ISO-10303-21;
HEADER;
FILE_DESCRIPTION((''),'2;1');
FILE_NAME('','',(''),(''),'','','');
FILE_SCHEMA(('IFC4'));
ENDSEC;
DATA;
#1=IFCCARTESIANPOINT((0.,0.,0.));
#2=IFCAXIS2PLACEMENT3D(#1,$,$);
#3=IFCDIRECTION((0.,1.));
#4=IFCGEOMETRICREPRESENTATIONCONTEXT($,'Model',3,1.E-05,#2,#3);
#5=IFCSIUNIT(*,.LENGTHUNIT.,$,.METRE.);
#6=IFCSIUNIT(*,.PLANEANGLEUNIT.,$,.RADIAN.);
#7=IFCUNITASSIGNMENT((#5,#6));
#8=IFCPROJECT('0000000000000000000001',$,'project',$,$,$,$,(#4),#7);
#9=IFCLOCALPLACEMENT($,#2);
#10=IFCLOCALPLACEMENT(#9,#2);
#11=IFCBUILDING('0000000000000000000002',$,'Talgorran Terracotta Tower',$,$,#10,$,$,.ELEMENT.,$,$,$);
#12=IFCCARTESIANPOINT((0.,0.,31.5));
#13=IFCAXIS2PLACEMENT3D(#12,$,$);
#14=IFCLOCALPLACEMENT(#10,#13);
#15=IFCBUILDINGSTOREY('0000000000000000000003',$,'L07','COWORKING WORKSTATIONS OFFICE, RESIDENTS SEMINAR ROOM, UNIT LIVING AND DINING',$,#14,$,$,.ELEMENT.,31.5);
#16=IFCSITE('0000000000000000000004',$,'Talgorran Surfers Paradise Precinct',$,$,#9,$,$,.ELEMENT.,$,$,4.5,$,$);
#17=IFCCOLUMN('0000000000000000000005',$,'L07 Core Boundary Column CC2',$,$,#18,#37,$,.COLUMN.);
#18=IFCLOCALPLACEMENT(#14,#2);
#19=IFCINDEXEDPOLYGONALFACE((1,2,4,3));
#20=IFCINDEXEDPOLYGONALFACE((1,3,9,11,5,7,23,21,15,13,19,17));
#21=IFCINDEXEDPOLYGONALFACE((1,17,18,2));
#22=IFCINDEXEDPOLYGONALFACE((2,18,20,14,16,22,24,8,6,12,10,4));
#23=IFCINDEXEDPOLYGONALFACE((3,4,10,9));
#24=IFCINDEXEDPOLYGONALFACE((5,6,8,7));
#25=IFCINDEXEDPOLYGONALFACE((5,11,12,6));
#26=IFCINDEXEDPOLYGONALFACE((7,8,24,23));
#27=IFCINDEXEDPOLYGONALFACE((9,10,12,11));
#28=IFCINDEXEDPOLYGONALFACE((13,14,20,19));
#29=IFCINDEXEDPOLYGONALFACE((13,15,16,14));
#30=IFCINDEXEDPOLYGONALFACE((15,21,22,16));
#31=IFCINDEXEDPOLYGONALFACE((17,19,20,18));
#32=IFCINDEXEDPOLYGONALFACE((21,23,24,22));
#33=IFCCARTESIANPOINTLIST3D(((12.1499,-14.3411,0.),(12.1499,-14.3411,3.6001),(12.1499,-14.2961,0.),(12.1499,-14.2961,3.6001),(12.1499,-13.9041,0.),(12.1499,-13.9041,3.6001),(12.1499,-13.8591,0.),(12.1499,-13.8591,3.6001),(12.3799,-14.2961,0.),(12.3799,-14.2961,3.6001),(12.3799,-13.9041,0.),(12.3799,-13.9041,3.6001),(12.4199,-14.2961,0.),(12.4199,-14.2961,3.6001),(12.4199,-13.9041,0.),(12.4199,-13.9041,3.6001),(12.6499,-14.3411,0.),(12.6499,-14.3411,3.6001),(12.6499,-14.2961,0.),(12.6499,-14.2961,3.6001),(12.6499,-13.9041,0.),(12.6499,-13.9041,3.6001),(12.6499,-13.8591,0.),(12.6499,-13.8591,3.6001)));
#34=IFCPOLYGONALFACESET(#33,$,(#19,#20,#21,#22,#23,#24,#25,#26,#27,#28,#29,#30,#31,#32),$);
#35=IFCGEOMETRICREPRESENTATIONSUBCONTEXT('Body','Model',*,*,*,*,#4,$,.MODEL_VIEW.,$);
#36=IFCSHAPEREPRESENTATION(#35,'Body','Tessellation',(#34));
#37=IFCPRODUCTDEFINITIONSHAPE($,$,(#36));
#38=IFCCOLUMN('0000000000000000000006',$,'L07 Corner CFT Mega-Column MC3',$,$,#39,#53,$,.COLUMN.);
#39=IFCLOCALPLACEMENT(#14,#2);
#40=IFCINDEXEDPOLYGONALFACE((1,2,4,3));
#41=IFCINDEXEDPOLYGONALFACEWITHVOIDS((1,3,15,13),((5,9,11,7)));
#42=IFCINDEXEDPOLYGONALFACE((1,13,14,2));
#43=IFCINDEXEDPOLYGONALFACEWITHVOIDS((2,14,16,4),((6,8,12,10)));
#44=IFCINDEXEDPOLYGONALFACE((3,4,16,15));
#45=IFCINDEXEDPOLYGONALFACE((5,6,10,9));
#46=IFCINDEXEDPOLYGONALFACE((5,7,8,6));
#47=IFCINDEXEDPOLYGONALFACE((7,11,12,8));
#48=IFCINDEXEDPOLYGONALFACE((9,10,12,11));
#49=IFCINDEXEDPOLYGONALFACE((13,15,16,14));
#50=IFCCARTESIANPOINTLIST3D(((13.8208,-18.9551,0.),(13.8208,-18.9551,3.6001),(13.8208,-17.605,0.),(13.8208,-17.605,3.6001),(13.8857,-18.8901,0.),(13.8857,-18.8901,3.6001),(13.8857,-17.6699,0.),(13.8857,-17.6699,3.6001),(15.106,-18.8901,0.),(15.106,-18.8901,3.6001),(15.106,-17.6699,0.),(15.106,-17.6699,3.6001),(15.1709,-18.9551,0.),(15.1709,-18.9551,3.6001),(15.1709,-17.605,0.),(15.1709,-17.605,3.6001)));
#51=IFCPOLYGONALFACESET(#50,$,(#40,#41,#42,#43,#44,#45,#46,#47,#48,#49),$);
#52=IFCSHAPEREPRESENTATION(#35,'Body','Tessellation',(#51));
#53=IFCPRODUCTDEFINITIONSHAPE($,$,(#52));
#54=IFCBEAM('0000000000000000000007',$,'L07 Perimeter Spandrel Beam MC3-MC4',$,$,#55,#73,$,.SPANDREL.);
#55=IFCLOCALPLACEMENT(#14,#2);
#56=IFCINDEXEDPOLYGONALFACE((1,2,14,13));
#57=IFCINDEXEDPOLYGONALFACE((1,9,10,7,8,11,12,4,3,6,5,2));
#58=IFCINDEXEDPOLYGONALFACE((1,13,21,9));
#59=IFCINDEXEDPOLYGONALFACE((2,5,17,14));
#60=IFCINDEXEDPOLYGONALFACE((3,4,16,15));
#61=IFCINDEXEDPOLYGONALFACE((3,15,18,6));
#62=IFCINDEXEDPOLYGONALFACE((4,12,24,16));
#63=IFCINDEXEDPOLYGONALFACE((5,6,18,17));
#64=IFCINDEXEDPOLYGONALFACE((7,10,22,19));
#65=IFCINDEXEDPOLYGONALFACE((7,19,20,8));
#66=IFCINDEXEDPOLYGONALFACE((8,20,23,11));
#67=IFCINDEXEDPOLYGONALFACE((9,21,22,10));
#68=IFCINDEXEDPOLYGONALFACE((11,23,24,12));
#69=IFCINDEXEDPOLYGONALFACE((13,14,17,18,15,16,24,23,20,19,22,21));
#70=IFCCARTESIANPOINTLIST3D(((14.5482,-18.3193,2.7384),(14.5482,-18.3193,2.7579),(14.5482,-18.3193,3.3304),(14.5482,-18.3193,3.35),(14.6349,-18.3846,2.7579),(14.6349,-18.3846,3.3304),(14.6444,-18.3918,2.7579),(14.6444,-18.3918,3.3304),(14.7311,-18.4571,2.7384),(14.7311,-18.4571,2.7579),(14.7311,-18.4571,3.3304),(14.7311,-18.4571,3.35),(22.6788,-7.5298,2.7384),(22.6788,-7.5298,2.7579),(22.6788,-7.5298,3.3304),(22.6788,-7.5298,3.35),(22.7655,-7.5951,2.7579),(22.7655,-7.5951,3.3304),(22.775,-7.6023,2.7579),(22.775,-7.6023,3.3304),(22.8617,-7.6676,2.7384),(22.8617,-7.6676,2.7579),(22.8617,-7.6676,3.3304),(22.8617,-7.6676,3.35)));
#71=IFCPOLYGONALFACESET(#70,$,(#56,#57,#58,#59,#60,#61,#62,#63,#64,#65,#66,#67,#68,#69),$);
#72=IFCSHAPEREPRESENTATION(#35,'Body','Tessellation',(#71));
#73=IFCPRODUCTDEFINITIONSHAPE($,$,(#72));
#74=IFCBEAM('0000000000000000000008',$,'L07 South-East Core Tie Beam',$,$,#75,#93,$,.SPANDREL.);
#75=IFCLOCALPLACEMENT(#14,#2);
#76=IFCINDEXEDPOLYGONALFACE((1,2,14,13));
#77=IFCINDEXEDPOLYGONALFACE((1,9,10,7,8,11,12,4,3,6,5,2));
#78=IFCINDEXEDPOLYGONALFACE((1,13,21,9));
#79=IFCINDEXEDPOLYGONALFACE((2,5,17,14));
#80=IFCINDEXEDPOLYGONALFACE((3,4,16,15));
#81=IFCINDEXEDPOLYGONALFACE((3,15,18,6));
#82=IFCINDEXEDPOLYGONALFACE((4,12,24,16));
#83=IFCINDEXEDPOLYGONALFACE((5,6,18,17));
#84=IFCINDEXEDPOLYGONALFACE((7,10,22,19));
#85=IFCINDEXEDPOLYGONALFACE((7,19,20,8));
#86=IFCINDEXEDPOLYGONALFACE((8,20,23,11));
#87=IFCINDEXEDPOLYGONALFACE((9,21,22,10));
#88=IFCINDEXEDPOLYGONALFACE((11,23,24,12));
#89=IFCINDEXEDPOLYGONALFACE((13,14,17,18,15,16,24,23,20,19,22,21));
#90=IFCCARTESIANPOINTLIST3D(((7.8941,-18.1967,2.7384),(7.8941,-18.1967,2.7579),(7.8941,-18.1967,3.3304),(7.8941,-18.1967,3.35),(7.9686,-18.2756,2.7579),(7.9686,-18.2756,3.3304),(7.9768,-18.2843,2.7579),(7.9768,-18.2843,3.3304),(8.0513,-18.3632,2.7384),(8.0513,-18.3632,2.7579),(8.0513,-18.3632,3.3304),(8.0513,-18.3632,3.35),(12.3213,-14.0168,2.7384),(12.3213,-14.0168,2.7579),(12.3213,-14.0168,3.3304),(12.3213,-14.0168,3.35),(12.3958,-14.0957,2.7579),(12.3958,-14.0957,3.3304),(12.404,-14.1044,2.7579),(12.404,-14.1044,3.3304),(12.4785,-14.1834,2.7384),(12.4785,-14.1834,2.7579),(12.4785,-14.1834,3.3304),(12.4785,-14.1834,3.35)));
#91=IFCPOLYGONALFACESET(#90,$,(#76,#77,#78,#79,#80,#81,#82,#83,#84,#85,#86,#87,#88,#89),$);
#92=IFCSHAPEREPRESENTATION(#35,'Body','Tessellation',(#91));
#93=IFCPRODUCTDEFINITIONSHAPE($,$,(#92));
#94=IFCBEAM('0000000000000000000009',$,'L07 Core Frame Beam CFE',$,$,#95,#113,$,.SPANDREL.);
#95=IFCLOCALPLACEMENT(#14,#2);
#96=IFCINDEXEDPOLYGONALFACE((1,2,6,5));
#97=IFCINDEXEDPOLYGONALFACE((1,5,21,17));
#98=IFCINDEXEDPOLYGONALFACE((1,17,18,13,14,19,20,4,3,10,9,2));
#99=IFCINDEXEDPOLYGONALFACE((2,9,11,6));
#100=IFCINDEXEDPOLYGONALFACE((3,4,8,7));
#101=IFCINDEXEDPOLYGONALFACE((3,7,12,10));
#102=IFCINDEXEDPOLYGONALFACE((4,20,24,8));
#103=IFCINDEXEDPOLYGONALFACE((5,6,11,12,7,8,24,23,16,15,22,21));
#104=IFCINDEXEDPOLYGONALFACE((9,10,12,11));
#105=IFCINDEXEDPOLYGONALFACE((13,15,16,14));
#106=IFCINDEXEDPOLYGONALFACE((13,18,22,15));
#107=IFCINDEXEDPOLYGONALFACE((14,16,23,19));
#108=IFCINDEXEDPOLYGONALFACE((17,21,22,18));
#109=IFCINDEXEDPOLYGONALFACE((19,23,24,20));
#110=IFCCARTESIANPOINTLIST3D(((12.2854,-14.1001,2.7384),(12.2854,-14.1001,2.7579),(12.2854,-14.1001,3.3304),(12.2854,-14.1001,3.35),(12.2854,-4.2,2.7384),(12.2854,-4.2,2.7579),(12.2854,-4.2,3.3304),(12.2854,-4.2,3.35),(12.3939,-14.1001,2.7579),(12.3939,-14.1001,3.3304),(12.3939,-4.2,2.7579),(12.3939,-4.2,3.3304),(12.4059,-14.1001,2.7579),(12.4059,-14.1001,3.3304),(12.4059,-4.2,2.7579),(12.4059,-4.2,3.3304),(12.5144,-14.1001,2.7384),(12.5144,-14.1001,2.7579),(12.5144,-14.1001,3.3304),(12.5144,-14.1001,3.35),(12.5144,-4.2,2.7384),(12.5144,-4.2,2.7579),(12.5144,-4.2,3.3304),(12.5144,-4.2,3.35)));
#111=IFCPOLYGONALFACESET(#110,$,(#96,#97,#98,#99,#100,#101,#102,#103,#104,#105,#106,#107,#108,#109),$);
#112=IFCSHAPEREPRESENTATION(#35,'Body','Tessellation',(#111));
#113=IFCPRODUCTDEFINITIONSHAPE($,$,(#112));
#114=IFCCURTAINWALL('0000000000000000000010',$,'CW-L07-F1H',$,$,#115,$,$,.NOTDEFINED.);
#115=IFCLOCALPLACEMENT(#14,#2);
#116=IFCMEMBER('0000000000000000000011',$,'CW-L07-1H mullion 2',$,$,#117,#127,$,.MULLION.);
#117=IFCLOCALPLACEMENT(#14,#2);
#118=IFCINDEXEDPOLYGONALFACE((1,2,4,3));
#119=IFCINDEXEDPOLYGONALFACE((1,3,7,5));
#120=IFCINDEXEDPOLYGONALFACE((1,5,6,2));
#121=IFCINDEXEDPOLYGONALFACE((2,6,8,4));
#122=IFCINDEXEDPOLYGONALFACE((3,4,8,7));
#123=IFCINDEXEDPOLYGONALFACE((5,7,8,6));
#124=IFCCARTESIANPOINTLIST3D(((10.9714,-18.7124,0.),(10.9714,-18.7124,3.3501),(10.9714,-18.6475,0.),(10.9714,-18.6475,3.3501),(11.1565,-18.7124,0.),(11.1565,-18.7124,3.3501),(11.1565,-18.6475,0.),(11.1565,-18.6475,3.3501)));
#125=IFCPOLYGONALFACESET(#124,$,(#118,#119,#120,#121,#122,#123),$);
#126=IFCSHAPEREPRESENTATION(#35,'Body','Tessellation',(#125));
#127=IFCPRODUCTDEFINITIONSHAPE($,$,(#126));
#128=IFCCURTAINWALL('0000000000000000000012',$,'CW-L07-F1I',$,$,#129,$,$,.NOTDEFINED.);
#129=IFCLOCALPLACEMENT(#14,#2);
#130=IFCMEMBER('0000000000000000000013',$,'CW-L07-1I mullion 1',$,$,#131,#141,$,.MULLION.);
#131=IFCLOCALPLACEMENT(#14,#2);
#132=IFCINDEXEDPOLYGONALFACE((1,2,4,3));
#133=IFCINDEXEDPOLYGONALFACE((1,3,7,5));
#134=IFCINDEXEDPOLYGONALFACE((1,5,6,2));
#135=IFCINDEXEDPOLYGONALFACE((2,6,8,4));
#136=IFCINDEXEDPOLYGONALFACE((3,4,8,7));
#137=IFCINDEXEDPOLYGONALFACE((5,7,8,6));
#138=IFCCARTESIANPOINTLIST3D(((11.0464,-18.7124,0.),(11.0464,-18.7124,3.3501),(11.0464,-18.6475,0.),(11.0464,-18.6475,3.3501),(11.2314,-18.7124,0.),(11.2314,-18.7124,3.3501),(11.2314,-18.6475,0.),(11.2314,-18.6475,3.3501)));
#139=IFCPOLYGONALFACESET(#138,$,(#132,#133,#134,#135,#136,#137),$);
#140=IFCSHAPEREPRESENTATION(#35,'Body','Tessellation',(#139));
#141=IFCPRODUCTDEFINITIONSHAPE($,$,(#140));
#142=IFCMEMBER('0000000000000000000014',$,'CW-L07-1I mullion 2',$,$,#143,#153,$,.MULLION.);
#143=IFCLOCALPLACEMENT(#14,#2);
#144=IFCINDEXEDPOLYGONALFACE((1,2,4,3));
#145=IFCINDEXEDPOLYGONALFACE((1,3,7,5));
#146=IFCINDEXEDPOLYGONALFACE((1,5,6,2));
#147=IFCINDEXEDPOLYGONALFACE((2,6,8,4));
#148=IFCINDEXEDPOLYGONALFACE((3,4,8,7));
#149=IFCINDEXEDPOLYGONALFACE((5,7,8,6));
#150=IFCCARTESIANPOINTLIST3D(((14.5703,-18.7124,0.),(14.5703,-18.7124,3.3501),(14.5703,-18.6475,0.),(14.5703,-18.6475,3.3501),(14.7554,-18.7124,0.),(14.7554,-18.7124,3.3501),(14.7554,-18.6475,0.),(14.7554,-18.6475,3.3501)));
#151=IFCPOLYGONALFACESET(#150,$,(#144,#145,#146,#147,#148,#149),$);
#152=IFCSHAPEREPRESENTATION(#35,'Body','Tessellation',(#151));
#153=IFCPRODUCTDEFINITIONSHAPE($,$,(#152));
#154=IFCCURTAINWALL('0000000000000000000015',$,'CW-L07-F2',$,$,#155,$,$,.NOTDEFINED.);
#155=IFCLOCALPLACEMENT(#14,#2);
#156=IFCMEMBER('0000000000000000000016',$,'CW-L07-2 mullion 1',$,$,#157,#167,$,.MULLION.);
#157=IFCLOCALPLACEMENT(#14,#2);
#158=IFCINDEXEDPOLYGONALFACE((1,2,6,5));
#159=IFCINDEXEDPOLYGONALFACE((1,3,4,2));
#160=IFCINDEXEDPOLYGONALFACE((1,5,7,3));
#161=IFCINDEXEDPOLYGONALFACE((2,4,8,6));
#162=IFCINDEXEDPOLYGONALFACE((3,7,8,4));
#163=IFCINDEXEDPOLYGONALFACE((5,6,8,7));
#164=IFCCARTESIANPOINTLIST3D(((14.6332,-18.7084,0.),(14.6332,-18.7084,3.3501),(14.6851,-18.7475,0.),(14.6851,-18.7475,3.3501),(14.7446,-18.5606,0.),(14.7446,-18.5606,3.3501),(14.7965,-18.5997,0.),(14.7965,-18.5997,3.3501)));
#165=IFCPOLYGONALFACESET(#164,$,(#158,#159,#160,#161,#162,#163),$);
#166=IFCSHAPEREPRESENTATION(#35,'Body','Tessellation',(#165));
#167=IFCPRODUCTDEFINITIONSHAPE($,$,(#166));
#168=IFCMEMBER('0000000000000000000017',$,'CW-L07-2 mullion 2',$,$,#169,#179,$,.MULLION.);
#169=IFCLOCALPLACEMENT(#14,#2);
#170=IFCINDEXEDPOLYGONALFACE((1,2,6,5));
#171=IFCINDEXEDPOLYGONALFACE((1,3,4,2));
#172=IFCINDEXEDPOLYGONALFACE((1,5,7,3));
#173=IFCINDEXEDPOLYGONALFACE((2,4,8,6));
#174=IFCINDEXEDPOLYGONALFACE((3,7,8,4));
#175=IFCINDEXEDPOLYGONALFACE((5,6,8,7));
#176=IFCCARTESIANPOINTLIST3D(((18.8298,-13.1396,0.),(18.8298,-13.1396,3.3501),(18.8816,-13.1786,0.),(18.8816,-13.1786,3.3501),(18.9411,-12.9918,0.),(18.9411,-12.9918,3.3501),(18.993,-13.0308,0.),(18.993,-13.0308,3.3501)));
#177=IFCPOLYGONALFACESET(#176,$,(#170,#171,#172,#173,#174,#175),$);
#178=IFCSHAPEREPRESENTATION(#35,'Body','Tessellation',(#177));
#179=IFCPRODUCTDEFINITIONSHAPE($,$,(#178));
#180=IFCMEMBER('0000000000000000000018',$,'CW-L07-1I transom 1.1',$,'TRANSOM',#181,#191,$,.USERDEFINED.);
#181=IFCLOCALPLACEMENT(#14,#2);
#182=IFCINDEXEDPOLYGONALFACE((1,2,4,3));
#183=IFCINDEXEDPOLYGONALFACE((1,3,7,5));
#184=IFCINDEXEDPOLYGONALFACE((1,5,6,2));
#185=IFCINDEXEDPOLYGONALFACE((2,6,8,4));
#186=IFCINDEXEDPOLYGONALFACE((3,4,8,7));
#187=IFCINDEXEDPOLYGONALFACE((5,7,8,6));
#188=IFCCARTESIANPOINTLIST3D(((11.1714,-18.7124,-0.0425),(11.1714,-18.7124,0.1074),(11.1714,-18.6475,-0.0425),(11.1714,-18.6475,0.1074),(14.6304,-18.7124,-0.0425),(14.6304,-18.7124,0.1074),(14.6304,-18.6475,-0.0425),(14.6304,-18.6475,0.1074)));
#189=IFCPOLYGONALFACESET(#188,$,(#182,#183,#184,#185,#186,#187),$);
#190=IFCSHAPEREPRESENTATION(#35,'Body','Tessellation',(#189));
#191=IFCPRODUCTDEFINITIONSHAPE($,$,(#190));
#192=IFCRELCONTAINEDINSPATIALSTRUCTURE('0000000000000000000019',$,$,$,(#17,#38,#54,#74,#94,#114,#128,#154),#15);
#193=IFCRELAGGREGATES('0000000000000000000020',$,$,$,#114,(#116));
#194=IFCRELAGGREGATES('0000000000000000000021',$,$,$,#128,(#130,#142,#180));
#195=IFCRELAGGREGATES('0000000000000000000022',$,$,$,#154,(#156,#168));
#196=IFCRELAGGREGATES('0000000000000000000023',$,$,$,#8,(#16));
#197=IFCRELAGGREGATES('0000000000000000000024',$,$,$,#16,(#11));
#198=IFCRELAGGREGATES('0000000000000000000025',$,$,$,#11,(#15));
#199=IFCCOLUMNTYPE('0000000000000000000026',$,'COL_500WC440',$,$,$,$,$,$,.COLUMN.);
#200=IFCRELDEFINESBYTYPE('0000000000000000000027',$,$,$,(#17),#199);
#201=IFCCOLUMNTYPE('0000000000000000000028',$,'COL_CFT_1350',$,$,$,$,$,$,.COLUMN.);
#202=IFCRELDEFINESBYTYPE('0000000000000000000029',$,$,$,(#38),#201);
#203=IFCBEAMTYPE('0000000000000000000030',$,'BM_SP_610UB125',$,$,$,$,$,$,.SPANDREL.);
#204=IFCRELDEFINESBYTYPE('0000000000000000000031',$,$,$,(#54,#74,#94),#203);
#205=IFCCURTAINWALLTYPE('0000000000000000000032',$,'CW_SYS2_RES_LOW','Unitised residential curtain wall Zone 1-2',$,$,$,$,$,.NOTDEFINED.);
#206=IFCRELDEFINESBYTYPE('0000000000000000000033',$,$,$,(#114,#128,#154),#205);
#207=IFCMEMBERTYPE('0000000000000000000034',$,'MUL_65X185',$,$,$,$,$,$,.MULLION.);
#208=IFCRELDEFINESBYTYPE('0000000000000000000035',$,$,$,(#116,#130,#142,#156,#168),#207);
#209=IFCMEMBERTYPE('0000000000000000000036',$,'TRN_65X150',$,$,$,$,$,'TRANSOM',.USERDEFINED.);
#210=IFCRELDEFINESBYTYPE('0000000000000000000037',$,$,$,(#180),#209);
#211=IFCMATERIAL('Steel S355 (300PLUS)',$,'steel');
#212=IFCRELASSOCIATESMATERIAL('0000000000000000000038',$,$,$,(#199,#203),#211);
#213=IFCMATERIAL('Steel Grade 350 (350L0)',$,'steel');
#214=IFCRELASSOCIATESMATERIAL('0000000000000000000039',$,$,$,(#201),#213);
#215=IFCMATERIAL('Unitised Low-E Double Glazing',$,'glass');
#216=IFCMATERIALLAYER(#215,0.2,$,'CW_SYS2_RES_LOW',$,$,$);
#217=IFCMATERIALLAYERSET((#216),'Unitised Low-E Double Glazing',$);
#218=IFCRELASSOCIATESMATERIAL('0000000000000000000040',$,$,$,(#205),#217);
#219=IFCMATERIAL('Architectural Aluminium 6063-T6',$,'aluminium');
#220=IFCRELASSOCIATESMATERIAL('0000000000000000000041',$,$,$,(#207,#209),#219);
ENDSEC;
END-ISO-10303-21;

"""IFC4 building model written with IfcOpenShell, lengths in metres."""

from ifc_helpers import new_model, si_unit, direction, frame, origin, origin_2d, place, context, subcontext, project, spatial, rectangle, hollow_rectangle, i_section, extrude, material, layer, layer_set, material_profile, profile_set, type_object, element, aggregate, save


model = new_model("IFC4")

# Units and contexts
model_context = context("Model", 3, precision=1e-05, world=origin(), true_north=direction((0.0, 1.0)))
body_context = subcontext(model_context, "Body", "Model", "MODEL_VIEW")
ifc_project = project(units=[si_unit("LENGTHUNIT", "METRE"), si_unit("PLANEANGLEUNIT", "RADIAN")], contexts=[model_context])

# Site, building, storey
site_placement = place(None, origin())
site = spatial("IfcSite", under=ifc_project, at=site_placement, Name="Talgorran Surfers Paradise Precinct", CompositionType="ELEMENT", RefElevation=4.5)
building_placement = place(site_placement, origin())
building = spatial("IfcBuilding", under=site, at=building_placement, Name="Talgorran Terracotta Tower", CompositionType="ELEMENT")
storey_placement = place(building_placement, frame((0.0, 0.0, 31.5)))
storey = spatial("IfcBuildingStorey", under=building, at=storey_placement, Name="L07", Description="COWORKING WORKSTATIONS OFFICE, RESIDENTS SEMINAR ROOM, UNIT LIVING AND DINING", CompositionType="ELEMENT", Elevation=31.5)

# Columns
ifc_material_1 = material(Name="Steel S355 (300PLUS)", Category="steel")
ifc_material_profile_1 = material_profile(ifc_material_1, i_section(OverallWidth=0.5, OverallDepth=0.4819, WebThickness=0.04, FlangeThickness=0.0449, at=origin_2d()), Name="500WC440")
ifc_profile_set_1 = profile_set([ifc_material_profile_1], Name="Steel S355 (300PLUS)")
column_type_1 = type_object("IfcColumnType", Name="COL_500WC440", PredefinedType="COLUMN", material=ifc_profile_set_1)
column_1_placement = place(storey_placement, frame((12.3999, -14.1001, 0.0), z_axis=(0.0, 0.0, 1.0), x_axis=(1.0, 0.0, 0.0)))
element("IfcColumn", 1, at=column_1_placement, inside=storey, type_object=column_type_1, Name="L07 Core Boundary Column CC2", PredefinedType="COLUMN", context=body_context, shape_type="SweptSolid", body=[
    extrude(i_section(OverallWidth=0.5, OverallDepth=0.4819, WebThickness=0.04, FlangeThickness=0.0449, at=origin_2d()), origin(), (0.0, 0.0, 1.0), 3.6001),
])
ifc_material_2 = material(Name="Steel Grade 350 (350L0)", Category="steel")
ifc_material_profile_2 = material_profile(ifc_material_2, hollow_rectangle(XDim=1.3501, YDim=1.3501, WallThickness=0.0649, at=origin_2d()), Name="CFT1350X1350X65")
ifc_profile_set_2 = profile_set([ifc_material_profile_2], Name="Steel Grade 350 (350L0)")
column_type_2 = type_object("IfcColumnType", Name="COL_CFT_1350", PredefinedType="COLUMN", material=ifc_profile_set_2)
column_2_placement = place(storey_placement, frame((14.4958, -18.28, 0.0), z_axis=(0.0, 0.0, 1.0), x_axis=(1.0, 0.0, 0.0)))
element("IfcColumn", 2, at=column_2_placement, inside=storey, type_object=column_type_2, Name="L07 Corner CFT Mega-Column MC3", PredefinedType="COLUMN", context=body_context, shape_type="SweptSolid", body=[
    extrude(hollow_rectangle(XDim=1.3501, YDim=1.3501, WallThickness=0.0649, at=origin_2d()), origin(), (0.0, 0.0, 1.0), 3.6001),
])

# Beams
ifc_material_profile_3 = material_profile(ifc_material_1, i_section(OverallWidth=0.229, OverallDepth=0.6116, WebThickness=0.012, FlangeThickness=0.0195, at=origin_2d()), Name="610UB125")
ifc_profile_set_3 = profile_set([ifc_material_profile_3], Name="Steel S355 (300PLUS)")
beam_type = type_object("IfcBeamType", Name="BM_SP_610UB125", PredefinedType="SPANDREL", material=ifc_profile_set_3)
beam_1_placement = place(storey_placement, frame((14.6396, -18.3882, 3.0442), z_axis=(0.60182, 0.798632, 0.0), x_axis=(-0.798632, 0.60182, 0.0)))
element("IfcBeam", 3, at=beam_1_placement, inside=storey, type_object=beam_type, Name="L07 Perimeter Spandrel Beam MC3-MC4", PredefinedType="SPANDREL", context=body_context, shape_type="SweptSolid", body=[
    extrude(i_section(OverallWidth=0.229, OverallDepth=0.6116, WebThickness=0.012, FlangeThickness=0.0195, at=origin_2d()), origin(), (0.0, 0.0, 1.0), 13.51),
])
beam_2_placement = place(storey_placement, frame((12.3999, -14.1001, 3.0442), z_axis=(-0.727124, -0.686506, 0.0), x_axis=(0.686506, -0.727124, 0.0)))
element("IfcBeam", 4, at=beam_2_placement, inside=storey, type_object=beam_type, Name="L07 South-East Core Tie Beam", PredefinedType="SPANDREL", context=body_context, shape_type="SweptSolid", body=[
    extrude(i_section(OverallWidth=0.229, OverallDepth=0.6116, WebThickness=0.012, FlangeThickness=0.0195, at=origin_2d()), origin(), (0.0, 0.0, 1.0), 6.0886),
])
beam_3_placement = place(storey_placement, frame((12.3999, -14.1001, 3.0442), z_axis=(0.0, 1.0, 0.0), x_axis=(-1.0, 0.0, 0.0)))
element("IfcBeam", 5, at=beam_3_placement, inside=storey, type_object=beam_type, Name="L07 Core Frame Beam CFE", PredefinedType="SPANDREL", context=body_context, shape_type="SweptSolid", body=[
    extrude(i_section(OverallWidth=0.229, OverallDepth=0.6116, WebThickness=0.012, FlangeThickness=0.0195, at=origin_2d()), origin(), (0.0, 0.0, 1.0), 9.9001),
])

# Curtain wall, member
ifc_material_3 = material(Name="Unitised Low-E Double Glazing", Category="glass")
ifc_layer_1 = layer(ifc_material_3, 0.2, Name="CW_SYS2_RES_LOW")
ifc_layer_set_1 = layer_set([ifc_layer_1], Name="Unitised Low-E Double Glazing")
curtain_wall_type = type_object("IfcCurtainWallType", Name="CW_SYS2_RES_LOW", Description="Unitised residential curtain wall Zone 1-2", PredefinedType="NOTDEFINED", material=ifc_layer_set_1)
curtain_wall_1_placement = place(storey_placement, origin())
curtain_wall_1 = element("IfcCurtainWall", 6, at=curtain_wall_1_placement, inside=storey, type_object=curtain_wall_type, Name="CW-L07-F1H", PredefinedType="NOTDEFINED")
ifc_material_4 = material(Name="Architectural Aluminium 6063-T6", Category="aluminium")
ifc_material_profile_4 = material_profile(ifc_material_4, rectangle(XDim=0.0649, YDim=0.1851, at=origin_2d()), Name="CWM65X185")
ifc_profile_set_4 = profile_set([ifc_material_profile_4], Name="Architectural Aluminium 6063-T6")
member_type_1 = type_object("IfcMemberType", Name="MUL_65X185", PredefinedType="MULLION", material=ifc_profile_set_4)
member_1_placement = place(storey_placement, frame((11.064, -18.6799, 0.0), z_axis=(0.0, 0.0, 1.0), x_axis=(0.0, 1.0, 0.0)))
member_1 = element("IfcMember", 7, at=member_1_placement, type_object=member_type_1, Name="CW-L07-1H mullion 2", PredefinedType="MULLION", context=body_context, shape_type="SweptSolid", body=[
    extrude(rectangle(XDim=0.0649, YDim=0.1851, at=origin_2d()), origin(), (0.0, 0.0, 1.0), 3.3501),
])
aggregate(curtain_wall_1, [member_1])

# Curtain walls, members
curtain_wall_2_placement = place(storey_placement, origin())
curtain_wall_2 = element("IfcCurtainWall", 8, at=curtain_wall_2_placement, inside=storey, type_object=curtain_wall_type, Name="CW-L07-F1I", PredefinedType="NOTDEFINED")
member_2_placement = place(storey_placement, frame((11.1389, -18.6799, 0.0), z_axis=(0.0, 0.0, 1.0), x_axis=(0.0, 1.0, 0.0)))
member_2 = element("IfcMember", 9, at=member_2_placement, type_object=member_type_1, Name="CW-L07-1I mullion 1", PredefinedType="MULLION", context=body_context, shape_type="SweptSolid", body=[
    extrude(rectangle(XDim=0.0649, YDim=0.1851, at=origin_2d()), origin(), (0.0, 0.0, 1.0), 3.3501),
])
member_3_placement = place(storey_placement, frame((14.6628, -18.6799, 0.0), z_axis=(0.0, 0.0, 1.0), x_axis=(0.0, 1.0, 0.0)))
member_3 = element("IfcMember", 10, at=member_3_placement, type_object=member_type_1, Name="CW-L07-1I mullion 2", PredefinedType="MULLION", context=body_context, shape_type="SweptSolid", body=[
    extrude(rectangle(XDim=0.0649, YDim=0.1851, at=origin_2d()), origin(), (0.0, 0.0, 1.0), 3.3501),
])
curtain_wall_3_placement = place(storey_placement, origin())
curtain_wall_3 = element("IfcCurtainWall", 11, at=curtain_wall_3_placement, inside=storey, type_object=curtain_wall_type, Name="CW-L07-F2", PredefinedType="NOTDEFINED")
member_4_placement = place(storey_placement, frame((14.7148, -18.6541, 0.0), z_axis=(0.0, 0.0, 1.0), x_axis=(-0.798638, 0.601812, 0.0)))
member_4 = element("IfcMember", 12, at=member_4_placement, type_object=member_type_1, Name="CW-L07-2 mullion 1", PredefinedType="MULLION", context=body_context, shape_type="SweptSolid", body=[
    extrude(rectangle(XDim=0.0649, YDim=0.1851, at=origin_2d()), origin(), (0.0, 0.0, 1.0), 3.3501),
])
member_5_placement = place(storey_placement, frame((18.9114, -13.0852, 0.0), z_axis=(0.0, 0.0, 1.0), x_axis=(-0.798638, 0.601812, 0.0)))
member_5 = element("IfcMember", 13, at=member_5_placement, type_object=member_type_1, Name="CW-L07-2 mullion 2", PredefinedType="MULLION", context=body_context, shape_type="SweptSolid", body=[
    extrude(rectangle(XDim=0.0649, YDim=0.1851, at=origin_2d()), origin(), (0.0, 0.0, 1.0), 3.3501),
])

# Member
ifc_material_profile_5 = material_profile(ifc_material_4, rectangle(XDim=0.0649, YDim=0.1499, at=origin_2d()), Name="CWT65X150")
ifc_profile_set_5 = profile_set([ifc_material_profile_5], Name="Architectural Aluminium 6063-T6")
member_type_2 = type_object("IfcMemberType", Name="TRN_65X150", ElementType="TRANSOM", PredefinedType="USERDEFINED", material=ifc_profile_set_5)
member_6_placement = place(storey_placement, frame((11.1714, -18.6799, 0.0325), z_axis=(1.0, 0.0, 0.0), x_axis=(0.0, 1.0, 0.0)))
member_6 = element("IfcMember", 14, at=member_6_placement, type_object=member_type_2, Name="CW-L07-1I transom 1.1", ObjectType="TRANSOM", PredefinedType="USERDEFINED", context=body_context, shape_type="SweptSolid", body=[
    extrude(rectangle(XDim=0.0649, YDim=0.1499, at=origin_2d()), origin(), (0.0, 0.0, 1.0), 3.459),
])

aggregate(curtain_wall_2, [member_2, member_3, member_6])
aggregate(curtain_wall_3, [member_4, member_5])

save(model, "model.ifc")
